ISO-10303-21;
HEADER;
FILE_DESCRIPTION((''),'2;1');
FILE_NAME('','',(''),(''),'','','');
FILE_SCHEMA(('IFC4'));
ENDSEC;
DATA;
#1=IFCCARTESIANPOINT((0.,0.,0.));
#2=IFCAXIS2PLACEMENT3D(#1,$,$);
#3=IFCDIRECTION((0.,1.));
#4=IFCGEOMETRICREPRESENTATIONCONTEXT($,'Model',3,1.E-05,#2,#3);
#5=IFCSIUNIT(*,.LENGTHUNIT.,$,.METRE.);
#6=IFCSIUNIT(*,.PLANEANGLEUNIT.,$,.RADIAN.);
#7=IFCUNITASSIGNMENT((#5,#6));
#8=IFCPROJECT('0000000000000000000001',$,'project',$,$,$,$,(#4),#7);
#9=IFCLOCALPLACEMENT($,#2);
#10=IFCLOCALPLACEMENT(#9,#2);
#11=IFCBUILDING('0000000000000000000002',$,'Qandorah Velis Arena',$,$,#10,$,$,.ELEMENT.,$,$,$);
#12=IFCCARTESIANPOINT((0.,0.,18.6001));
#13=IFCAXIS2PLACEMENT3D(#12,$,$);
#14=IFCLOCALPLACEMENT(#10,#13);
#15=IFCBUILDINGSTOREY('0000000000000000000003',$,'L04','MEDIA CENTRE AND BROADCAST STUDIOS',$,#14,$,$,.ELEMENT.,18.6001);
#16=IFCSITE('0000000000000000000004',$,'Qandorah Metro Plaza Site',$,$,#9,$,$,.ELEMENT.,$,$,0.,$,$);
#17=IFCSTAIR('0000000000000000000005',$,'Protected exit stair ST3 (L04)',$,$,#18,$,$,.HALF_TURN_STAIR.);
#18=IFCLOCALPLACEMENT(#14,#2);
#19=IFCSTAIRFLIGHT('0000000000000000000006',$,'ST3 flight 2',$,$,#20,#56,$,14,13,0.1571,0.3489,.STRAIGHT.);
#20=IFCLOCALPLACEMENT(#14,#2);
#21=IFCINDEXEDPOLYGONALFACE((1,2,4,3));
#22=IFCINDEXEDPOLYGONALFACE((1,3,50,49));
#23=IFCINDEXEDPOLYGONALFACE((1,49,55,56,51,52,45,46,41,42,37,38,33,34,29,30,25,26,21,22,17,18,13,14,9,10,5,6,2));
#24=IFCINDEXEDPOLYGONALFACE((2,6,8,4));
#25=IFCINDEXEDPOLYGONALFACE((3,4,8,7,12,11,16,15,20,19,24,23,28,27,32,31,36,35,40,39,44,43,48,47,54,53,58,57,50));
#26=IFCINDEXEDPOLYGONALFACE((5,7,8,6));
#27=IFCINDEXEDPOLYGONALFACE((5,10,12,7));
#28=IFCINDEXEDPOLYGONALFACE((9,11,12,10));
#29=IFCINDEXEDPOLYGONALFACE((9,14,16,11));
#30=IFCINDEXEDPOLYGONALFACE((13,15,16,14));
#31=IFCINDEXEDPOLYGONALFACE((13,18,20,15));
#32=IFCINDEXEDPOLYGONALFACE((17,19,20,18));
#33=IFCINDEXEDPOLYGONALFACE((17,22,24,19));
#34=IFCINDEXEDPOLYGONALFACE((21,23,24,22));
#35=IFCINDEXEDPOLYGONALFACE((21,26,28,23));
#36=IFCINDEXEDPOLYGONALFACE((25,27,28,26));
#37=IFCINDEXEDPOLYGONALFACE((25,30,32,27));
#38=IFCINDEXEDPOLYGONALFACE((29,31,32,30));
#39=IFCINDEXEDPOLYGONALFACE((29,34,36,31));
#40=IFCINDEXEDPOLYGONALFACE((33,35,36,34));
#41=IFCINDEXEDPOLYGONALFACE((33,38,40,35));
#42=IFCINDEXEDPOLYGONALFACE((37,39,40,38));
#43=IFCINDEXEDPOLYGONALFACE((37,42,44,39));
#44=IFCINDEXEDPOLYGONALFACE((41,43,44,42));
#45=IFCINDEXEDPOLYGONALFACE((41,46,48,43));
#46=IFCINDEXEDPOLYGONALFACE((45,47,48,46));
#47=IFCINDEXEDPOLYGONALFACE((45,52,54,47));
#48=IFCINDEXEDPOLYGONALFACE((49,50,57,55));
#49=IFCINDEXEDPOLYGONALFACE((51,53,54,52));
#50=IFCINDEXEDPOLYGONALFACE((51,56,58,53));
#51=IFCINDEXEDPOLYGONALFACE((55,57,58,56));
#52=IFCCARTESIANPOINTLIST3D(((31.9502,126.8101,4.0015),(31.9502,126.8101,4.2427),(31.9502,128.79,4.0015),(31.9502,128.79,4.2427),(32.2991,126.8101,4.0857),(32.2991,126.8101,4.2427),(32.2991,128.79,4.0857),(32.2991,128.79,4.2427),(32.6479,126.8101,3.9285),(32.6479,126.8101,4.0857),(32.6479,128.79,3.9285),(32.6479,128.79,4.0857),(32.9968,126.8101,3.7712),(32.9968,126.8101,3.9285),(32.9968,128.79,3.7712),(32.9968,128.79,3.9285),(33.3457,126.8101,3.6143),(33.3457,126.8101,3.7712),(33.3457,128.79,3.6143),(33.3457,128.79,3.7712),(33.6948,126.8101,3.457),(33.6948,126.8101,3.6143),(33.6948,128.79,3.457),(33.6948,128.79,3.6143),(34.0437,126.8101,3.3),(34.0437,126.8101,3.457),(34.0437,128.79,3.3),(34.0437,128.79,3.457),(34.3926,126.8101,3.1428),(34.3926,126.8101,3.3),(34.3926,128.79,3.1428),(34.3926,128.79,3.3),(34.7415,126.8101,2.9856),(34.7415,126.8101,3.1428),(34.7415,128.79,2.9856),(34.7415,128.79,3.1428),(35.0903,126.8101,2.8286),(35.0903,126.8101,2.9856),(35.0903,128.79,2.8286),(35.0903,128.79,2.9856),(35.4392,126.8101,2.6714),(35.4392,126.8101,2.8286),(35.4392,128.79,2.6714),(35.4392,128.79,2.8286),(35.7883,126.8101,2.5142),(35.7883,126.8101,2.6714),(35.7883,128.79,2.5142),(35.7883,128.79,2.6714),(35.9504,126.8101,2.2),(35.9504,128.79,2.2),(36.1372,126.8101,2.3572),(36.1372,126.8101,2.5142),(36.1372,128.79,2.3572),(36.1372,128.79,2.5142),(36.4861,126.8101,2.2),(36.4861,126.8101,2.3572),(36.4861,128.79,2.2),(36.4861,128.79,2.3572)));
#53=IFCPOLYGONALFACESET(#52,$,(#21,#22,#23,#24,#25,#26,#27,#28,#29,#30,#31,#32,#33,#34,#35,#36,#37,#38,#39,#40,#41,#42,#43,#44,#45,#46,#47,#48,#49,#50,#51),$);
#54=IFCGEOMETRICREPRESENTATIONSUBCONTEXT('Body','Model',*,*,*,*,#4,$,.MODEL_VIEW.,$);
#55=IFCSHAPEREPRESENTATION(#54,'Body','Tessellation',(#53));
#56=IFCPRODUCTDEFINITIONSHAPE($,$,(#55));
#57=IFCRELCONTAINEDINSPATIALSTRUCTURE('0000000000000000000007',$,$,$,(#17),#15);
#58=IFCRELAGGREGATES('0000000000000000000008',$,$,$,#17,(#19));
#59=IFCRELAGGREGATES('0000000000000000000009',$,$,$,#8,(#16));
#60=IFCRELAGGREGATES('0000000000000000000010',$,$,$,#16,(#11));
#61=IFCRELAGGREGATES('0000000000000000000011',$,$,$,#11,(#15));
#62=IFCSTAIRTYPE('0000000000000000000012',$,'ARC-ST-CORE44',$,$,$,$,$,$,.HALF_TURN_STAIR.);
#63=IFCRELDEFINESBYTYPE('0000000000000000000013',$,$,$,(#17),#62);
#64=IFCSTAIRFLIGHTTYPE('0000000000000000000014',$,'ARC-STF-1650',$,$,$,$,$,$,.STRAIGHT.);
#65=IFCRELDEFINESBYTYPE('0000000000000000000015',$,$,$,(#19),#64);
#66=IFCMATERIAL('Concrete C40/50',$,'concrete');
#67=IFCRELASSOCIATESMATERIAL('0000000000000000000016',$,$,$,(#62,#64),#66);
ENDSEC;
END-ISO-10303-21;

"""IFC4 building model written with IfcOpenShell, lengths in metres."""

from ifc_helpers import new_model, si_unit, direction, frame, origin, place, context, subcontext, project, spatial, polyline, outline, extrude, material, type_object, element, aggregate, save


model = new_model("IFC4")

# Units and contexts
model_context = context("Model", 3, precision=1e-05, world=origin(), true_north=direction((0.0, 1.0)))
body_context = subcontext(model_context, "Body", "Model", "MODEL_VIEW")
ifc_project = project(units=[si_unit("LENGTHUNIT", "METRE"), si_unit("PLANEANGLEUNIT", "RADIAN")], contexts=[model_context])

# Site, building, storey
site_placement = place(None, origin())
site = spatial("IfcSite", under=ifc_project, at=site_placement, Name="Qandorah Metro Plaza Site", CompositionType="ELEMENT", RefElevation=0.0)
building_placement = place(site_placement, origin())
building = spatial("IfcBuilding", under=site, at=building_placement, Name="Qandorah Velis Arena", CompositionType="ELEMENT")
storey_placement = place(building_placement, frame((0.0, 0.0, 18.6001)))
storey = spatial("IfcBuildingStorey", under=building, at=storey_placement, Name="L04", Description="MEDIA CENTRE AND BROADCAST STUDIOS", CompositionType="ELEMENT", Elevation=18.6001)

# Stair, stair flight
ifc_material_1 = material(Name="Concrete C40/50", Category="concrete")
stair_type = type_object("IfcStairType", Name="ARC-ST-CORE44", PredefinedType="HALF_TURN_STAIR", material=ifc_material_1)
stair_placement = place(storey_placement, origin())
stair = element("IfcStair", 1, at=stair_placement, inside=storey, type_object=stair_type, Name="Protected exit stair ST3 (L04)", PredefinedType="HALF_TURN_STAIR")
stair_flight_type = type_object("IfcStairFlightType", Name="ARC-STF-1650", PredefinedType="STRAIGHT", material=ifc_material_1)
stair_flight_placement = place(storey_placement, frame((36.4861, 127.8, 2.2), z_axis=(0.0, 0.0, 1.0), x_axis=(-1.0, 0.0, 0.0)))
stair_flight = element("IfcStairFlight", 2, at=stair_flight_placement, type_object=stair_flight_type, Name="ST3 flight 2", NumberOfRisers=14, NumberOfTreads=13, PredefinedType="STRAIGHT", RiserHeight=0.1571, TreadLength=0.3489, context=body_context, shape_type="SweptSolid", body=[
    extrude(outline(polyline([(0.0, 0.0), (0.0, 0.1572), (0.3489, 0.1572), (0.3489, 0.3142), (0.6978, 0.3142), (0.6978, 0.4714), (1.0469, 0.4714), (1.0469, 0.6287), (1.3958, 0.6287), (1.3958, 0.7856), (1.7446, 0.7856), (1.7446, 0.9429), (2.0935, 0.9429), (2.0935, 1.1001), (2.4424, 1.1001), (2.4424, 1.2571), (2.7913, 1.2571), (2.7913, 1.4143), (3.1404, 1.4143), (3.1404, 1.5713), (3.4893, 1.5713), (3.4893, 1.7285), (3.8381, 1.7285), (3.8381, 1.8857), (4.187, 1.8857), (4.187, 2.0427), (4.5359, 2.0427), (4.5359, 2.2), (4.5359, 1.8015), (0.5356, 0.0), (0.0, 0.0)])), frame((0.0, 0.99, 0.0), z_axis=(0.0, -1.0, 0.0), x_axis=(1.0, 0.0, 0.0)), (0.0, 0.0, 1.0), 1.98),
])
aggregate(stair, [stair_flight])

save(model, "model.ifc")
